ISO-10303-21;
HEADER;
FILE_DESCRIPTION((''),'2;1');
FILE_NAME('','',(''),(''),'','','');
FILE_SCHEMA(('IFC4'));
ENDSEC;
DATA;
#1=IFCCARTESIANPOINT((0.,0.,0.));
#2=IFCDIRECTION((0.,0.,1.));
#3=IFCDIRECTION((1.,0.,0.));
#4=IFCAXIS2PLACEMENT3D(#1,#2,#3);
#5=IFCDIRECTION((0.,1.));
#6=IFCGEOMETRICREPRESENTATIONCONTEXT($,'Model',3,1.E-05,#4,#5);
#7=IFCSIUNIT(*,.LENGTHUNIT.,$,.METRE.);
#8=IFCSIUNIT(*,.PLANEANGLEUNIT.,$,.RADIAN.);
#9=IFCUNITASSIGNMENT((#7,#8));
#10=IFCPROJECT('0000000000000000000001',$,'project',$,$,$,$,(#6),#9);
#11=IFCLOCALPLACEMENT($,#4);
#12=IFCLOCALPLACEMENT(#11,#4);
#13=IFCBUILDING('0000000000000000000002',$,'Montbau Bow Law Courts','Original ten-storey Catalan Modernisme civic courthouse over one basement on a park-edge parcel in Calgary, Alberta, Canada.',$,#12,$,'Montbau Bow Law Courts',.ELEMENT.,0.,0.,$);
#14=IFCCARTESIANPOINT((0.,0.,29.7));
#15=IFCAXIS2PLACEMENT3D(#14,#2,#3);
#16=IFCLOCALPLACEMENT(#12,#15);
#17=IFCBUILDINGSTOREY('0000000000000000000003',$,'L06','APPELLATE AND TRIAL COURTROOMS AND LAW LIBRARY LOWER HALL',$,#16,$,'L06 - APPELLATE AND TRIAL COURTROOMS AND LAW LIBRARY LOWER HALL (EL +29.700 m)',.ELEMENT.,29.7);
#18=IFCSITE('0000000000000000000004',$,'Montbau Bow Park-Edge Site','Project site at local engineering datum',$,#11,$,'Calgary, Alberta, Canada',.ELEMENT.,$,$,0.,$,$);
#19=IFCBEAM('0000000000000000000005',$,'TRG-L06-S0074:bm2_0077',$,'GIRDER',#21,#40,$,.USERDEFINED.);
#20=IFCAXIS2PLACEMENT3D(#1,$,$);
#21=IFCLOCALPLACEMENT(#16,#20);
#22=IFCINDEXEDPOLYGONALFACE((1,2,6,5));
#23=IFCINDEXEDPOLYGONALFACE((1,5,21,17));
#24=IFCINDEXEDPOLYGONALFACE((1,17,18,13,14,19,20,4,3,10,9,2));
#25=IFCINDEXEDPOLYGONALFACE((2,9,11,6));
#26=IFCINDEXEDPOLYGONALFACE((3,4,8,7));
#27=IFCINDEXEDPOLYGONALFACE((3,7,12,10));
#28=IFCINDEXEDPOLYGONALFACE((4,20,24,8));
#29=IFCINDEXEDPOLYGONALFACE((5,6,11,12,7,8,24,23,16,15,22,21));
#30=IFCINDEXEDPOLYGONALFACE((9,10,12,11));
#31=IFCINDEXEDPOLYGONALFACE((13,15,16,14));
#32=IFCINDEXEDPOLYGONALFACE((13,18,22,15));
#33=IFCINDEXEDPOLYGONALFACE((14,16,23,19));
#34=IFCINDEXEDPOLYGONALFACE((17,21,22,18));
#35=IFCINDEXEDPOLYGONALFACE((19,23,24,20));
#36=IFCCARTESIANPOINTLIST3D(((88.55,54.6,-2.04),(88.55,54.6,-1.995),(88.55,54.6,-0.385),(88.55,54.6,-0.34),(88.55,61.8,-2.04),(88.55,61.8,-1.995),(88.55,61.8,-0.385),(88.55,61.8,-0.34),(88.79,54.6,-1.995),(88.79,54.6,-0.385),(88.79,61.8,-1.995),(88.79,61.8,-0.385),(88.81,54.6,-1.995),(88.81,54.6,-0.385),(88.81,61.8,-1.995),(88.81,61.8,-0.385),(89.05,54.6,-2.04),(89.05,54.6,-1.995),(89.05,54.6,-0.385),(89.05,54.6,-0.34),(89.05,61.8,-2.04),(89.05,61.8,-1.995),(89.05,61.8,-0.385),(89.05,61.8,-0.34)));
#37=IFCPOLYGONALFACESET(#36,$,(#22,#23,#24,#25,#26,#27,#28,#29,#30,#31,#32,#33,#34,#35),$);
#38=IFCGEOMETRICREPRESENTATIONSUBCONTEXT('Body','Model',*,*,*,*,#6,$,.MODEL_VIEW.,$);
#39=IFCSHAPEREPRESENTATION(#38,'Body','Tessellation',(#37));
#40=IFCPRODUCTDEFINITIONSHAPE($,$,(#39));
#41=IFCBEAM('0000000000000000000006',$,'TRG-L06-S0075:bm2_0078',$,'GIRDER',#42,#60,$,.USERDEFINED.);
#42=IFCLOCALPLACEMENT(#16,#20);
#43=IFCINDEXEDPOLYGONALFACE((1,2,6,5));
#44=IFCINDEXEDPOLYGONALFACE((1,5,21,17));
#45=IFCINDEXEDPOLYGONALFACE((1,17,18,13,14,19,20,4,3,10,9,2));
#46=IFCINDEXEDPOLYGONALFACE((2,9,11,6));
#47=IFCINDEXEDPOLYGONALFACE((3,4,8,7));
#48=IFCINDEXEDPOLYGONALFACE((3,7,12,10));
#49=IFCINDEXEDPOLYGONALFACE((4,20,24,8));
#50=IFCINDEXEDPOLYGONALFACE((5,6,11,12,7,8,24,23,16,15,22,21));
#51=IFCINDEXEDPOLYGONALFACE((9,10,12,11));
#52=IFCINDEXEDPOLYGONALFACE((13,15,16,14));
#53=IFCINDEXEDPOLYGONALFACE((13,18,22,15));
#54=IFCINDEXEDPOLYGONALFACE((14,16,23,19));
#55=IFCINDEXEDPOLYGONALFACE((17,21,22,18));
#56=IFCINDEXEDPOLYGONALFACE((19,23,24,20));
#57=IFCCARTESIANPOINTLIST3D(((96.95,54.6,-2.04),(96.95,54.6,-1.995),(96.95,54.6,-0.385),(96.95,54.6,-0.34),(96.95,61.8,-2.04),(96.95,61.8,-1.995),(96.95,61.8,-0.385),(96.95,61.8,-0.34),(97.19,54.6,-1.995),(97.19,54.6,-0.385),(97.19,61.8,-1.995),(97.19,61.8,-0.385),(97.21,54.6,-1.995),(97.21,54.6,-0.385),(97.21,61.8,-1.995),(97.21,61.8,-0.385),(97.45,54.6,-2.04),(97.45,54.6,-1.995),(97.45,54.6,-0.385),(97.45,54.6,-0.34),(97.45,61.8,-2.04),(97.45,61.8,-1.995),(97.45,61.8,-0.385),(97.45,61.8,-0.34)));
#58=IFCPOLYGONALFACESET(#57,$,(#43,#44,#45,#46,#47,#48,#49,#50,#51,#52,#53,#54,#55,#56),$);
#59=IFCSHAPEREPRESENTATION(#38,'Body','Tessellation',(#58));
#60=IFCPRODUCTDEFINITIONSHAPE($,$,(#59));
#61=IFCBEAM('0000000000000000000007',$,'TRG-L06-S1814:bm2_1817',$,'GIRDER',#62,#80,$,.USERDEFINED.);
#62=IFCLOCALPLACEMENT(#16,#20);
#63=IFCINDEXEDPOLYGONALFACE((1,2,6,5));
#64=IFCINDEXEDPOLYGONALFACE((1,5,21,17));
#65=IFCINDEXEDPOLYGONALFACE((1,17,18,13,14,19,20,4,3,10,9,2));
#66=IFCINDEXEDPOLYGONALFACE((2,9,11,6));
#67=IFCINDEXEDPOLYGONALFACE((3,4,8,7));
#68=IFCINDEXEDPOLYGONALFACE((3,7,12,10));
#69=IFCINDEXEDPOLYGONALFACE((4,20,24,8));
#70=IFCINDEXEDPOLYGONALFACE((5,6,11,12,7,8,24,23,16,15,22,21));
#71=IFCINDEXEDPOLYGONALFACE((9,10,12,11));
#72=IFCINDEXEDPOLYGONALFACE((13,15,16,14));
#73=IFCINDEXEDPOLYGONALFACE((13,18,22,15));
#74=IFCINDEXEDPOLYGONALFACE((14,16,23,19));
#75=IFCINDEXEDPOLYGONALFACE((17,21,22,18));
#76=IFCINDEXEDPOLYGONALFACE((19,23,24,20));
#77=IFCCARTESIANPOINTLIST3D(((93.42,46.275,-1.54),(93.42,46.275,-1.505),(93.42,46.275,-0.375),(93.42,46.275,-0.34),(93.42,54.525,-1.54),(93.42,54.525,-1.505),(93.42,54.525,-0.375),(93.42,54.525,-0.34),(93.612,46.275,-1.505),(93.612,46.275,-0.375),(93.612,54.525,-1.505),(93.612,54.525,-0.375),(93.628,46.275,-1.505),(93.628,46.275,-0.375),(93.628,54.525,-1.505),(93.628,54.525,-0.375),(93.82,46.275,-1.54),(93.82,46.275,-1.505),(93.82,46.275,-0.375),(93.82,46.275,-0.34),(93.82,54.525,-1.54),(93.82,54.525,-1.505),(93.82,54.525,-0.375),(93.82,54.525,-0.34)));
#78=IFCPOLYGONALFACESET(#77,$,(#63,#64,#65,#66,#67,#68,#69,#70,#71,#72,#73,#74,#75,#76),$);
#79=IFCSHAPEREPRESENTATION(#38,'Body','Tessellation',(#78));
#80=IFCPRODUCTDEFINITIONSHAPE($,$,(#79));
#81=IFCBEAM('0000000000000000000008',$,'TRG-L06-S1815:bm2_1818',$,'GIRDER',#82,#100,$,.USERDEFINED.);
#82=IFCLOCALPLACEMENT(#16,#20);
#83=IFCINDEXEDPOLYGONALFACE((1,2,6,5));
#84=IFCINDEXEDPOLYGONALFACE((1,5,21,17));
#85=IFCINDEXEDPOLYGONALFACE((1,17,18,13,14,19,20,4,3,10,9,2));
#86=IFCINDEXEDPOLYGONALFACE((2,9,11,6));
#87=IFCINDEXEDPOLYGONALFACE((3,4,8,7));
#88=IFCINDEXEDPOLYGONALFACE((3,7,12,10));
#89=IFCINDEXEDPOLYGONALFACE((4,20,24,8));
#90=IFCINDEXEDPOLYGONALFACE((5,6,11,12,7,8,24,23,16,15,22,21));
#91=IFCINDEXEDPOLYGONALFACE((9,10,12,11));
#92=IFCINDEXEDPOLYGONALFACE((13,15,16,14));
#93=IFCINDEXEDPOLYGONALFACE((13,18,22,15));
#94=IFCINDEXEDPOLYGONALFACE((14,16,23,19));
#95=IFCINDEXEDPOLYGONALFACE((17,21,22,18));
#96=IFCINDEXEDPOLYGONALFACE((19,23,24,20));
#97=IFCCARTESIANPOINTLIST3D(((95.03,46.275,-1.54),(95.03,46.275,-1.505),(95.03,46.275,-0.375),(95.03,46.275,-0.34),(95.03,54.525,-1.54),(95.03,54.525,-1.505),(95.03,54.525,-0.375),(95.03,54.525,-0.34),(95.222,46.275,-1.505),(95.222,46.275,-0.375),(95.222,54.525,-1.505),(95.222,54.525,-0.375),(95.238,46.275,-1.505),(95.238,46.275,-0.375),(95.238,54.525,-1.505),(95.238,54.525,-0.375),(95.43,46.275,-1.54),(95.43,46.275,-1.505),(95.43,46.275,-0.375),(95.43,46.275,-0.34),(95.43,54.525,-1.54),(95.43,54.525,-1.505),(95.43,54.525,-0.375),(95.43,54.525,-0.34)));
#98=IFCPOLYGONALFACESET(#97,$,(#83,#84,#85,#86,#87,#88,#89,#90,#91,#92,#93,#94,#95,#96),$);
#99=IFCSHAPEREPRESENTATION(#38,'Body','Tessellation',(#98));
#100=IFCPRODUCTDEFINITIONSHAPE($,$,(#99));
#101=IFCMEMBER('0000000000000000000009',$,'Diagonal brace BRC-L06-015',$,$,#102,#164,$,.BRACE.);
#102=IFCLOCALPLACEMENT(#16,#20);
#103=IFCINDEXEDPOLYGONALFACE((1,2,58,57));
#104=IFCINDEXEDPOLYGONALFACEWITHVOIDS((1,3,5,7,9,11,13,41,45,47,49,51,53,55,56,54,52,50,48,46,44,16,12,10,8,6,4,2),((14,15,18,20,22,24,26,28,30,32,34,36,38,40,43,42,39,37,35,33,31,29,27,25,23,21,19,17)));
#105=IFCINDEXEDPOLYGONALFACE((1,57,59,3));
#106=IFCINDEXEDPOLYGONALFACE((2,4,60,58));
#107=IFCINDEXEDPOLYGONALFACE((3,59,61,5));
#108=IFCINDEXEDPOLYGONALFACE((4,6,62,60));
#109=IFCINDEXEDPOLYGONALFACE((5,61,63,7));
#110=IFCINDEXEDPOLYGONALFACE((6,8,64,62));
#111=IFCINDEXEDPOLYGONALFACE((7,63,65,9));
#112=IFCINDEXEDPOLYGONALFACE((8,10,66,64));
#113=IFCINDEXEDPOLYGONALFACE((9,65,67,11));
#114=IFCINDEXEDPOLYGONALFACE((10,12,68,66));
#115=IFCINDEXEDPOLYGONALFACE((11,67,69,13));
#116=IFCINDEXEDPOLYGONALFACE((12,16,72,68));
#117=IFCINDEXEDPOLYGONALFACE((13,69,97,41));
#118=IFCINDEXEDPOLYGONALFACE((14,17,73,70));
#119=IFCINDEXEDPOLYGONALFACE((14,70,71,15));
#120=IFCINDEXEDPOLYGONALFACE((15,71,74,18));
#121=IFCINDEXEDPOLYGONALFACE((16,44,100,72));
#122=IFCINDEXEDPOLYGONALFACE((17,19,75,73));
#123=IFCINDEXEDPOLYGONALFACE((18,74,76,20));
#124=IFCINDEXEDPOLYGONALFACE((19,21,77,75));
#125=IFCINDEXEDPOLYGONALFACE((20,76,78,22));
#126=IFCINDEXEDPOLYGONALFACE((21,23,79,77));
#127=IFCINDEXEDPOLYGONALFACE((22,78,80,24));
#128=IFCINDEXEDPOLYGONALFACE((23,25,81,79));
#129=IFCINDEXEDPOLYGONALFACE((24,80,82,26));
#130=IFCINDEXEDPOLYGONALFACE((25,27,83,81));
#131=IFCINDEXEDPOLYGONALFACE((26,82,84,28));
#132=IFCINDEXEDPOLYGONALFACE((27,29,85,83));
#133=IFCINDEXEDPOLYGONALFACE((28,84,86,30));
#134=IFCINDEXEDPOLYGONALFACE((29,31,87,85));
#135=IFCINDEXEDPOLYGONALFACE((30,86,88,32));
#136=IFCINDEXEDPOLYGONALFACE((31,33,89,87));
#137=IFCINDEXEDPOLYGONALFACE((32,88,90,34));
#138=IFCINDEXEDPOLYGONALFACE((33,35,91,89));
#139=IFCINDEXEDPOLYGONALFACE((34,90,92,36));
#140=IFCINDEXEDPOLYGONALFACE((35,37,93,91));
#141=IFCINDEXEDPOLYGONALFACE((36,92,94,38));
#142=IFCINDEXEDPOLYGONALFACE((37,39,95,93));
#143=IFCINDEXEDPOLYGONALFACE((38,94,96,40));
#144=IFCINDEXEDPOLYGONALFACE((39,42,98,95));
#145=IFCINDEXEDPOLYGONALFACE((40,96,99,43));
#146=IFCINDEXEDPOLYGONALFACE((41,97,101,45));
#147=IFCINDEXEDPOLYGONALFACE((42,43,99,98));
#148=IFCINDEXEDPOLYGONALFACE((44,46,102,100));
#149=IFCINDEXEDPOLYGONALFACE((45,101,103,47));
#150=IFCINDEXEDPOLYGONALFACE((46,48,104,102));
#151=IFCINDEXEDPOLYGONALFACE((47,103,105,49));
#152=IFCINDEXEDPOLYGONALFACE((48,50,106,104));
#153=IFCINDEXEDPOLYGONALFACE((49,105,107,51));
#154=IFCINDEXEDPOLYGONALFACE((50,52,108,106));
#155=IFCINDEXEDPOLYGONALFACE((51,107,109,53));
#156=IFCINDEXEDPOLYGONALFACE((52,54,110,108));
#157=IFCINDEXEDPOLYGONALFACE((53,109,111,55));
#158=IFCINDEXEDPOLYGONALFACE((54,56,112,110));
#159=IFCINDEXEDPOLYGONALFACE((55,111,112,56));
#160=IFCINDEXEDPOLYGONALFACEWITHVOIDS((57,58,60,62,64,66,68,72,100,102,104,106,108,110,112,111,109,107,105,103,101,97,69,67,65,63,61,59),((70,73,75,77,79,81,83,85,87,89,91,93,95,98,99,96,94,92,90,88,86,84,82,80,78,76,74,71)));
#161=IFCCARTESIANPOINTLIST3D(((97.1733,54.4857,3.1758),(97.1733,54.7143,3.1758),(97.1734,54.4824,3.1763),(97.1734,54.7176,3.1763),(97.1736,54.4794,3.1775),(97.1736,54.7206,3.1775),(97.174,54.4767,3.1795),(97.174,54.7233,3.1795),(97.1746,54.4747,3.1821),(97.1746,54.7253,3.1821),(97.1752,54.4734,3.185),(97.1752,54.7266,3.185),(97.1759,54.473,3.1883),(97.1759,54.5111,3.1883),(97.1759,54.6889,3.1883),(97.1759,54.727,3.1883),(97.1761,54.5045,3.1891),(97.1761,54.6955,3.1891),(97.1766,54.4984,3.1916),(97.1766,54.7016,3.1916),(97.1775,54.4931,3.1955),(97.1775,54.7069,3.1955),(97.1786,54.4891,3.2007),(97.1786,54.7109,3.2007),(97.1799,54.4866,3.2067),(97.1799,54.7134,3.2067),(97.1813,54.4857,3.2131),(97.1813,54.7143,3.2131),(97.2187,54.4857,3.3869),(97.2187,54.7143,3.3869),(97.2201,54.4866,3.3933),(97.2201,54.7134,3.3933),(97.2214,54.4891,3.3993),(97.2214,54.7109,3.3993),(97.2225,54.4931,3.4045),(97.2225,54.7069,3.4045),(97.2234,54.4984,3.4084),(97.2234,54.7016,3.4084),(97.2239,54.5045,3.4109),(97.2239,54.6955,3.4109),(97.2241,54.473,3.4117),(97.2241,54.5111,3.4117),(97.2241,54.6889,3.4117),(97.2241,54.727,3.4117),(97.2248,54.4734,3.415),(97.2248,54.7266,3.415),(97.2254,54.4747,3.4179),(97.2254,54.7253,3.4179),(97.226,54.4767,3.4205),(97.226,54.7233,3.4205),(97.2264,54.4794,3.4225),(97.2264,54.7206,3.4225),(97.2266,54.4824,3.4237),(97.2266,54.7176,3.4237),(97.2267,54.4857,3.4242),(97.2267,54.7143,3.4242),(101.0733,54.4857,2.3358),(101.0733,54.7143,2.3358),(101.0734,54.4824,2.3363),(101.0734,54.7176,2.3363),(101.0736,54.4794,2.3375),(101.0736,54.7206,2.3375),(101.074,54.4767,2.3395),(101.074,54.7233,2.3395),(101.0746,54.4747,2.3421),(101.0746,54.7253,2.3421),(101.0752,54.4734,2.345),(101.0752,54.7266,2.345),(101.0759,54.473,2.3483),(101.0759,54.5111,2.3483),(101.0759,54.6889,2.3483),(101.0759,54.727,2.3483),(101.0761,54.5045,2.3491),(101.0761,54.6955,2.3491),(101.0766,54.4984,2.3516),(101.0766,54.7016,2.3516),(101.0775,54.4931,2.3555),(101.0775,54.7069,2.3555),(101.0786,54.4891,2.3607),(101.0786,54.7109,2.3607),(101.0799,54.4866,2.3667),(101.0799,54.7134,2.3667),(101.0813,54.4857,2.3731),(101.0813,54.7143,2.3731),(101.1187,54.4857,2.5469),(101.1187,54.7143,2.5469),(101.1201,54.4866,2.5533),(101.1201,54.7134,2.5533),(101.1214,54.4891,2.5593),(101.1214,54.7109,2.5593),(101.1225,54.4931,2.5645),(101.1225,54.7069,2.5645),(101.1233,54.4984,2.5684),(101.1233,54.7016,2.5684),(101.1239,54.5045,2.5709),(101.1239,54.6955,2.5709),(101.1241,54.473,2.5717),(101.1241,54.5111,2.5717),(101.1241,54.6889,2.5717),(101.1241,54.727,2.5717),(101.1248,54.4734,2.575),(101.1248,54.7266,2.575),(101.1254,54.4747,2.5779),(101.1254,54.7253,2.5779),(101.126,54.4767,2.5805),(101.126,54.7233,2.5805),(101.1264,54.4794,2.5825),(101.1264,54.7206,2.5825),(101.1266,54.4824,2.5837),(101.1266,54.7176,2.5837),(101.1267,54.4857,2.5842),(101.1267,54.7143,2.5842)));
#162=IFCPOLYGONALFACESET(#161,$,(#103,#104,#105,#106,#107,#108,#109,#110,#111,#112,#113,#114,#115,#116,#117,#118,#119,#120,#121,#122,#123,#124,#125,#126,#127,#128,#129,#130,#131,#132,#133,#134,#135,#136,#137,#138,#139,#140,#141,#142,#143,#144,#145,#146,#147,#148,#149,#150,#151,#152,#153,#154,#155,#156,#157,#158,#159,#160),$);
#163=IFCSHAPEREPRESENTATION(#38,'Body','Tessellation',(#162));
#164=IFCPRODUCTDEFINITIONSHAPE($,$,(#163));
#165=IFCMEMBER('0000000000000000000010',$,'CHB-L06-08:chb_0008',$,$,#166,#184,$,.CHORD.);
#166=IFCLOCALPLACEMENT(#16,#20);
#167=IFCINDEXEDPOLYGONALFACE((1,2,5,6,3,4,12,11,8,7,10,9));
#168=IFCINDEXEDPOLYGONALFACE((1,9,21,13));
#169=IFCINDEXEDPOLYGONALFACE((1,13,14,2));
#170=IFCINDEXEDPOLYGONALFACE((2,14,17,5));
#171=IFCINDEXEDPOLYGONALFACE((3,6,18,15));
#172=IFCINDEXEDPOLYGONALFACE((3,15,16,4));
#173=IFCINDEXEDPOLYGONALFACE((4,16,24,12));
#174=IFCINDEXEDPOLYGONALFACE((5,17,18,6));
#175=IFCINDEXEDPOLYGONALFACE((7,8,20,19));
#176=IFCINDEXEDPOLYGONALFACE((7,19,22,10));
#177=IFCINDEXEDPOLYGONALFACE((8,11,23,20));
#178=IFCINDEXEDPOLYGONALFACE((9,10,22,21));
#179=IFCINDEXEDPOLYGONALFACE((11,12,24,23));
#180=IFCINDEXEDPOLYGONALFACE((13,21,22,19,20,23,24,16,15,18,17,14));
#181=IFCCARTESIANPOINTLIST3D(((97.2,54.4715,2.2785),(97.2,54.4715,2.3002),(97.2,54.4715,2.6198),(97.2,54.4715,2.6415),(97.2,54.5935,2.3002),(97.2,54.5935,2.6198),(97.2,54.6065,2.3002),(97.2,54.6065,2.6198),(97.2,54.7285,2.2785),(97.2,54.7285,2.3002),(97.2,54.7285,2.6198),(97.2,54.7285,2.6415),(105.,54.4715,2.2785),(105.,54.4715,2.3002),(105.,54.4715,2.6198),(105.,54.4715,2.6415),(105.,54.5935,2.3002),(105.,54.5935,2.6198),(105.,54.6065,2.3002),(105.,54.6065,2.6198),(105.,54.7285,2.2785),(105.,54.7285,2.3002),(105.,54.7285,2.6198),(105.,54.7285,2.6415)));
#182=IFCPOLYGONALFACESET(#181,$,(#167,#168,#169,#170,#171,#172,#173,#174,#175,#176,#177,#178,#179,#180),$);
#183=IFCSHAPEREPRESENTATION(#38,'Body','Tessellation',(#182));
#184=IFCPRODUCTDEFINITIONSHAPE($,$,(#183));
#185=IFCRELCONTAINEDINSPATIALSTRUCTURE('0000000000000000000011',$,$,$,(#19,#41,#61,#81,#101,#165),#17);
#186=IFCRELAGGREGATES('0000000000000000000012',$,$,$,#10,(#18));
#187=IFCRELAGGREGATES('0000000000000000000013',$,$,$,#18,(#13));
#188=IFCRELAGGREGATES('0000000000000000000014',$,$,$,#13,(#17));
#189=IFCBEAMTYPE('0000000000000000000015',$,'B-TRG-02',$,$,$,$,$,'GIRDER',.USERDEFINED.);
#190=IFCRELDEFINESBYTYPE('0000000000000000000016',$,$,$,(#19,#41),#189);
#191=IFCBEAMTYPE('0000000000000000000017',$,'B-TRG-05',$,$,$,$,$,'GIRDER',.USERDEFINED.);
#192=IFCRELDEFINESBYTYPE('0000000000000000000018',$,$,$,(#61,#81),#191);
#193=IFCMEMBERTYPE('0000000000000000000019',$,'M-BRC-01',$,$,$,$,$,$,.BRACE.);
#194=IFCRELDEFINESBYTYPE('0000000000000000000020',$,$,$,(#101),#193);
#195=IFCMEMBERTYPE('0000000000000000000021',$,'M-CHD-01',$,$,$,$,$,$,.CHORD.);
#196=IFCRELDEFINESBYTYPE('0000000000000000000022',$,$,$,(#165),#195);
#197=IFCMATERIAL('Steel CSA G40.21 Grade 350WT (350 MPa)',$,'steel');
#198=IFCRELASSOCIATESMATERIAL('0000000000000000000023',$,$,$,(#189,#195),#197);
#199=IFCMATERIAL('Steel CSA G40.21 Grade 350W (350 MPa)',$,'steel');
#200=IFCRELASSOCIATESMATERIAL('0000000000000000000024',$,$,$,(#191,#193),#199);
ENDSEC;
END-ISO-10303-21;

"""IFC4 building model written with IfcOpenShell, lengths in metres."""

from ifc_helpers import new_model, si_unit, direction, frame, origin_with_axes, origin_2d_with_axis, place, context, subcontext, project, spatial, hollow_rectangle, i_section, extrude, material, material_profile, profile_set, type_object, element, save


model = new_model("IFC4")

# Units and contexts
model_context = context("Model", 3, precision=1e-05, world=origin_with_axes(), true_north=direction((0.0, 1.0)))
body_context = subcontext(model_context, "Body", "Model", "MODEL_VIEW")
ifc_project = project(units=[si_unit("LENGTHUNIT", "METRE"), si_unit("PLANEANGLEUNIT", "RADIAN")], contexts=[model_context])

# Site, building, storey
site_placement = place(None, origin_with_axes())
site = spatial("IfcSite", under=ifc_project, at=site_placement, Name="Montbau Bow Park-Edge Site", Description="Project site at local engineering datum", LongName="Calgary, Alberta, Canada", CompositionType="ELEMENT", RefElevation=0.0)
building_placement = place(site_placement, origin_with_axes())
building = spatial("IfcBuilding", under=site, at=building_placement, Name="Montbau Bow Law Courts", Description="Original ten-storey Catalan Modernisme civic courthouse over one basement on a park-edge parcel in Calgary, Alberta, Canada.", LongName="Montbau Bow Law Courts", CompositionType="ELEMENT", ElevationOfRefHeight=0.0, ElevationOfTerrain=0.0)
storey_placement = place(building_placement, frame((0.0, 0.0, 29.7), z_axis=(0.0, 0.0, 1.0), x_axis=(1.0, 0.0, 0.0)))
storey = spatial("IfcBuildingStorey", under=building, at=storey_placement, Name="L06", Description="APPELLATE AND TRIAL COURTROOMS AND LAW LIBRARY LOWER HALL", LongName="L06 - APPELLATE AND TRIAL COURTROOMS AND LAW LIBRARY LOWER HALL (EL +29.700 m)", CompositionType="ELEMENT", Elevation=29.7)

# Shared definitions
ifc_material_1 = material(Name="Steel CSA G40.21 Grade 350W (350 MPa)", Category="steel")

# Beams
ifc_material_2 = material(Name="Steel CSA G40.21 Grade 350WT (350 MPa)", Category="steel")
ifc_material_profile_1 = material_profile(ifc_material_2, i_section(OverallWidth=0.5, OverallDepth=1.7, WebThickness=0.02, FlangeThickness=0.045, at=origin_2d_with_axis()), Name="WWF1700X480", Category="Main", Priority=0)
ifc_profile_set_1 = profile_set([ifc_material_profile_1], Name="Steel CSA G40.21 Grade 350WT (350 MPa)")
beam_type_1 = type_object("IfcBeamType", Name="B-TRG-02", ElementType="GIRDER", PredefinedType="USERDEFINED", material=ifc_profile_set_1)
for number, where, z_axis, x_axis, name in (
    (1, (88.8, 54.6, 28.51), (0.0, 1.0, 0.0), (-1.0, 0.0, 0.0), "TRG-L06-S0074:bm2_0077"),
    (2, (97.2, 54.6, 28.51), (0.0, 1.0, 0.0), (-1.0, 0.0, 0.0), "TRG-L06-S0075:bm2_0078"),
):
    element("IfcBeam", number, at=place(None, frame(where, z_axis=z_axis, x_axis=x_axis)), inside=storey, type_object=beam_type_1, Name=name, ObjectType="GIRDER", PredefinedType="USERDEFINED", context=body_context, shape_type="SweptSolid", body=[
        extrude(i_section(OverallWidth=0.5, OverallDepth=1.7, WebThickness=0.02, FlangeThickness=0.045, at=origin_2d_with_axis()), origin_with_axes(), (0.0, 0.0, 1.0), 7.2),
    ])
ifc_material_profile_2 = material_profile(ifc_material_1, i_section(OverallWidth=0.4, OverallDepth=1.2, WebThickness=0.016, FlangeThickness=0.035, at=origin_2d_with_axis()), Name="WWF1200X302", Category="Main", Priority=0)
ifc_profile_set_2 = profile_set([ifc_material_profile_2], Name="Steel CSA G40.21 Grade 350W (350 MPa)")
beam_type_2 = type_object("IfcBeamType", Name="B-TRG-05", ElementType="GIRDER", PredefinedType="USERDEFINED", material=ifc_profile_set_2)
for number, where, z_axis, x_axis, name in (
    (3, (93.62, 46.275, 28.76), (0.0, 1.0, 0.0), (-1.0, 0.0, 0.0), "TRG-L06-S1814:bm2_1817"),
    (4, (95.23, 46.275, 28.76), (0.0, 1.0, 0.0), (-1.0, 0.0, 0.0), "TRG-L06-S1815:bm2_1818"),
):
    element("IfcBeam", number, at=place(None, frame(where, z_axis=z_axis, x_axis=x_axis)), inside=storey, type_object=beam_type_2, Name=name, ObjectType="GIRDER", PredefinedType="USERDEFINED", context=body_context, shape_type="SweptSolid", body=[
        extrude(i_section(OverallWidth=0.4, OverallDepth=1.2, WebThickness=0.016, FlangeThickness=0.035, at=origin_2d_with_axis()), origin_with_axes(), (0.0, 0.0, 1.0), 8.25),
    ])

# Members
ifc_material_profile_3 = material_profile(ifc_material_1, hollow_rectangle(XDim=0.254, YDim=0.254, WallThickness=0.0127, InnerFilletRadius=0.0254, OuterFilletRadius=0.0127, at=origin_2d_with_axis()), Name="HSS254X254X13", Category="Main", Priority=0)
ifc_profile_set_3 = profile_set([ifc_material_profile_3], Name="Steel CSA G40.21 Grade 350W (350 MPa)")
member_type_1 = type_object("IfcMemberType", Name="M-BRC-01", PredefinedType="BRACE", material=ifc_profile_set_3)
member_placement = place(None, frame((97.2, 54.6, 33.0), z_axis=(0.977582, 0.0, -0.210556), x_axis=(0.0, 1.0, 0.0)))
element("IfcMember", 5, at=member_placement, inside=storey, type_object=member_type_1, Name="Diagonal brace BRC-L06-015", PredefinedType="BRACE", context=body_context, shape_type="SweptSolid", body=[
    extrude(hollow_rectangle(XDim=0.254, YDim=0.254, WallThickness=0.0127, InnerFilletRadius=0.0254, OuterFilletRadius=0.0127, at=origin_2d_with_axis()), origin_with_axes(), (0.0, 0.0, 1.0), 3.9894),
])
ifc_material_profile_4 = material_profile(ifc_material_2, i_section(OverallWidth=0.257, OverallDepth=0.363, WebThickness=0.013, FlangeThickness=0.0217, at=origin_2d_with_axis()), Name="W360X122", Category="Main", Priority=0)
ifc_profile_set_4 = profile_set([ifc_material_profile_4], Name="Steel CSA G40.21 Grade 350WT (350 MPa)")
member_type_2 = type_object("IfcMemberType", Name="M-CHD-01", PredefinedType="CHORD", material=ifc_profile_set_4)
for number, where, z_axis, x_axis, name in (
    (6, (97.2, 54.6, 32.16), (1.0, 0.0, 0.0), (0.0, 1.0, 0.0), "CHB-L06-08:chb_0008"),
):
    element("IfcMember", number, at=place(None, frame(where, z_axis=z_axis, x_axis=x_axis)), inside=storey, type_object=member_type_2, Name=name, PredefinedType="CHORD", context=body_context, shape_type="SweptSolid", body=[
        extrude(i_section(OverallWidth=0.257, OverallDepth=0.363, WebThickness=0.013, FlangeThickness=0.0217, at=origin_2d_with_axis()), origin_with_axes(), (0.0, 0.0, 1.0), 7.8),
    ])

save(model, "model.ifc")
